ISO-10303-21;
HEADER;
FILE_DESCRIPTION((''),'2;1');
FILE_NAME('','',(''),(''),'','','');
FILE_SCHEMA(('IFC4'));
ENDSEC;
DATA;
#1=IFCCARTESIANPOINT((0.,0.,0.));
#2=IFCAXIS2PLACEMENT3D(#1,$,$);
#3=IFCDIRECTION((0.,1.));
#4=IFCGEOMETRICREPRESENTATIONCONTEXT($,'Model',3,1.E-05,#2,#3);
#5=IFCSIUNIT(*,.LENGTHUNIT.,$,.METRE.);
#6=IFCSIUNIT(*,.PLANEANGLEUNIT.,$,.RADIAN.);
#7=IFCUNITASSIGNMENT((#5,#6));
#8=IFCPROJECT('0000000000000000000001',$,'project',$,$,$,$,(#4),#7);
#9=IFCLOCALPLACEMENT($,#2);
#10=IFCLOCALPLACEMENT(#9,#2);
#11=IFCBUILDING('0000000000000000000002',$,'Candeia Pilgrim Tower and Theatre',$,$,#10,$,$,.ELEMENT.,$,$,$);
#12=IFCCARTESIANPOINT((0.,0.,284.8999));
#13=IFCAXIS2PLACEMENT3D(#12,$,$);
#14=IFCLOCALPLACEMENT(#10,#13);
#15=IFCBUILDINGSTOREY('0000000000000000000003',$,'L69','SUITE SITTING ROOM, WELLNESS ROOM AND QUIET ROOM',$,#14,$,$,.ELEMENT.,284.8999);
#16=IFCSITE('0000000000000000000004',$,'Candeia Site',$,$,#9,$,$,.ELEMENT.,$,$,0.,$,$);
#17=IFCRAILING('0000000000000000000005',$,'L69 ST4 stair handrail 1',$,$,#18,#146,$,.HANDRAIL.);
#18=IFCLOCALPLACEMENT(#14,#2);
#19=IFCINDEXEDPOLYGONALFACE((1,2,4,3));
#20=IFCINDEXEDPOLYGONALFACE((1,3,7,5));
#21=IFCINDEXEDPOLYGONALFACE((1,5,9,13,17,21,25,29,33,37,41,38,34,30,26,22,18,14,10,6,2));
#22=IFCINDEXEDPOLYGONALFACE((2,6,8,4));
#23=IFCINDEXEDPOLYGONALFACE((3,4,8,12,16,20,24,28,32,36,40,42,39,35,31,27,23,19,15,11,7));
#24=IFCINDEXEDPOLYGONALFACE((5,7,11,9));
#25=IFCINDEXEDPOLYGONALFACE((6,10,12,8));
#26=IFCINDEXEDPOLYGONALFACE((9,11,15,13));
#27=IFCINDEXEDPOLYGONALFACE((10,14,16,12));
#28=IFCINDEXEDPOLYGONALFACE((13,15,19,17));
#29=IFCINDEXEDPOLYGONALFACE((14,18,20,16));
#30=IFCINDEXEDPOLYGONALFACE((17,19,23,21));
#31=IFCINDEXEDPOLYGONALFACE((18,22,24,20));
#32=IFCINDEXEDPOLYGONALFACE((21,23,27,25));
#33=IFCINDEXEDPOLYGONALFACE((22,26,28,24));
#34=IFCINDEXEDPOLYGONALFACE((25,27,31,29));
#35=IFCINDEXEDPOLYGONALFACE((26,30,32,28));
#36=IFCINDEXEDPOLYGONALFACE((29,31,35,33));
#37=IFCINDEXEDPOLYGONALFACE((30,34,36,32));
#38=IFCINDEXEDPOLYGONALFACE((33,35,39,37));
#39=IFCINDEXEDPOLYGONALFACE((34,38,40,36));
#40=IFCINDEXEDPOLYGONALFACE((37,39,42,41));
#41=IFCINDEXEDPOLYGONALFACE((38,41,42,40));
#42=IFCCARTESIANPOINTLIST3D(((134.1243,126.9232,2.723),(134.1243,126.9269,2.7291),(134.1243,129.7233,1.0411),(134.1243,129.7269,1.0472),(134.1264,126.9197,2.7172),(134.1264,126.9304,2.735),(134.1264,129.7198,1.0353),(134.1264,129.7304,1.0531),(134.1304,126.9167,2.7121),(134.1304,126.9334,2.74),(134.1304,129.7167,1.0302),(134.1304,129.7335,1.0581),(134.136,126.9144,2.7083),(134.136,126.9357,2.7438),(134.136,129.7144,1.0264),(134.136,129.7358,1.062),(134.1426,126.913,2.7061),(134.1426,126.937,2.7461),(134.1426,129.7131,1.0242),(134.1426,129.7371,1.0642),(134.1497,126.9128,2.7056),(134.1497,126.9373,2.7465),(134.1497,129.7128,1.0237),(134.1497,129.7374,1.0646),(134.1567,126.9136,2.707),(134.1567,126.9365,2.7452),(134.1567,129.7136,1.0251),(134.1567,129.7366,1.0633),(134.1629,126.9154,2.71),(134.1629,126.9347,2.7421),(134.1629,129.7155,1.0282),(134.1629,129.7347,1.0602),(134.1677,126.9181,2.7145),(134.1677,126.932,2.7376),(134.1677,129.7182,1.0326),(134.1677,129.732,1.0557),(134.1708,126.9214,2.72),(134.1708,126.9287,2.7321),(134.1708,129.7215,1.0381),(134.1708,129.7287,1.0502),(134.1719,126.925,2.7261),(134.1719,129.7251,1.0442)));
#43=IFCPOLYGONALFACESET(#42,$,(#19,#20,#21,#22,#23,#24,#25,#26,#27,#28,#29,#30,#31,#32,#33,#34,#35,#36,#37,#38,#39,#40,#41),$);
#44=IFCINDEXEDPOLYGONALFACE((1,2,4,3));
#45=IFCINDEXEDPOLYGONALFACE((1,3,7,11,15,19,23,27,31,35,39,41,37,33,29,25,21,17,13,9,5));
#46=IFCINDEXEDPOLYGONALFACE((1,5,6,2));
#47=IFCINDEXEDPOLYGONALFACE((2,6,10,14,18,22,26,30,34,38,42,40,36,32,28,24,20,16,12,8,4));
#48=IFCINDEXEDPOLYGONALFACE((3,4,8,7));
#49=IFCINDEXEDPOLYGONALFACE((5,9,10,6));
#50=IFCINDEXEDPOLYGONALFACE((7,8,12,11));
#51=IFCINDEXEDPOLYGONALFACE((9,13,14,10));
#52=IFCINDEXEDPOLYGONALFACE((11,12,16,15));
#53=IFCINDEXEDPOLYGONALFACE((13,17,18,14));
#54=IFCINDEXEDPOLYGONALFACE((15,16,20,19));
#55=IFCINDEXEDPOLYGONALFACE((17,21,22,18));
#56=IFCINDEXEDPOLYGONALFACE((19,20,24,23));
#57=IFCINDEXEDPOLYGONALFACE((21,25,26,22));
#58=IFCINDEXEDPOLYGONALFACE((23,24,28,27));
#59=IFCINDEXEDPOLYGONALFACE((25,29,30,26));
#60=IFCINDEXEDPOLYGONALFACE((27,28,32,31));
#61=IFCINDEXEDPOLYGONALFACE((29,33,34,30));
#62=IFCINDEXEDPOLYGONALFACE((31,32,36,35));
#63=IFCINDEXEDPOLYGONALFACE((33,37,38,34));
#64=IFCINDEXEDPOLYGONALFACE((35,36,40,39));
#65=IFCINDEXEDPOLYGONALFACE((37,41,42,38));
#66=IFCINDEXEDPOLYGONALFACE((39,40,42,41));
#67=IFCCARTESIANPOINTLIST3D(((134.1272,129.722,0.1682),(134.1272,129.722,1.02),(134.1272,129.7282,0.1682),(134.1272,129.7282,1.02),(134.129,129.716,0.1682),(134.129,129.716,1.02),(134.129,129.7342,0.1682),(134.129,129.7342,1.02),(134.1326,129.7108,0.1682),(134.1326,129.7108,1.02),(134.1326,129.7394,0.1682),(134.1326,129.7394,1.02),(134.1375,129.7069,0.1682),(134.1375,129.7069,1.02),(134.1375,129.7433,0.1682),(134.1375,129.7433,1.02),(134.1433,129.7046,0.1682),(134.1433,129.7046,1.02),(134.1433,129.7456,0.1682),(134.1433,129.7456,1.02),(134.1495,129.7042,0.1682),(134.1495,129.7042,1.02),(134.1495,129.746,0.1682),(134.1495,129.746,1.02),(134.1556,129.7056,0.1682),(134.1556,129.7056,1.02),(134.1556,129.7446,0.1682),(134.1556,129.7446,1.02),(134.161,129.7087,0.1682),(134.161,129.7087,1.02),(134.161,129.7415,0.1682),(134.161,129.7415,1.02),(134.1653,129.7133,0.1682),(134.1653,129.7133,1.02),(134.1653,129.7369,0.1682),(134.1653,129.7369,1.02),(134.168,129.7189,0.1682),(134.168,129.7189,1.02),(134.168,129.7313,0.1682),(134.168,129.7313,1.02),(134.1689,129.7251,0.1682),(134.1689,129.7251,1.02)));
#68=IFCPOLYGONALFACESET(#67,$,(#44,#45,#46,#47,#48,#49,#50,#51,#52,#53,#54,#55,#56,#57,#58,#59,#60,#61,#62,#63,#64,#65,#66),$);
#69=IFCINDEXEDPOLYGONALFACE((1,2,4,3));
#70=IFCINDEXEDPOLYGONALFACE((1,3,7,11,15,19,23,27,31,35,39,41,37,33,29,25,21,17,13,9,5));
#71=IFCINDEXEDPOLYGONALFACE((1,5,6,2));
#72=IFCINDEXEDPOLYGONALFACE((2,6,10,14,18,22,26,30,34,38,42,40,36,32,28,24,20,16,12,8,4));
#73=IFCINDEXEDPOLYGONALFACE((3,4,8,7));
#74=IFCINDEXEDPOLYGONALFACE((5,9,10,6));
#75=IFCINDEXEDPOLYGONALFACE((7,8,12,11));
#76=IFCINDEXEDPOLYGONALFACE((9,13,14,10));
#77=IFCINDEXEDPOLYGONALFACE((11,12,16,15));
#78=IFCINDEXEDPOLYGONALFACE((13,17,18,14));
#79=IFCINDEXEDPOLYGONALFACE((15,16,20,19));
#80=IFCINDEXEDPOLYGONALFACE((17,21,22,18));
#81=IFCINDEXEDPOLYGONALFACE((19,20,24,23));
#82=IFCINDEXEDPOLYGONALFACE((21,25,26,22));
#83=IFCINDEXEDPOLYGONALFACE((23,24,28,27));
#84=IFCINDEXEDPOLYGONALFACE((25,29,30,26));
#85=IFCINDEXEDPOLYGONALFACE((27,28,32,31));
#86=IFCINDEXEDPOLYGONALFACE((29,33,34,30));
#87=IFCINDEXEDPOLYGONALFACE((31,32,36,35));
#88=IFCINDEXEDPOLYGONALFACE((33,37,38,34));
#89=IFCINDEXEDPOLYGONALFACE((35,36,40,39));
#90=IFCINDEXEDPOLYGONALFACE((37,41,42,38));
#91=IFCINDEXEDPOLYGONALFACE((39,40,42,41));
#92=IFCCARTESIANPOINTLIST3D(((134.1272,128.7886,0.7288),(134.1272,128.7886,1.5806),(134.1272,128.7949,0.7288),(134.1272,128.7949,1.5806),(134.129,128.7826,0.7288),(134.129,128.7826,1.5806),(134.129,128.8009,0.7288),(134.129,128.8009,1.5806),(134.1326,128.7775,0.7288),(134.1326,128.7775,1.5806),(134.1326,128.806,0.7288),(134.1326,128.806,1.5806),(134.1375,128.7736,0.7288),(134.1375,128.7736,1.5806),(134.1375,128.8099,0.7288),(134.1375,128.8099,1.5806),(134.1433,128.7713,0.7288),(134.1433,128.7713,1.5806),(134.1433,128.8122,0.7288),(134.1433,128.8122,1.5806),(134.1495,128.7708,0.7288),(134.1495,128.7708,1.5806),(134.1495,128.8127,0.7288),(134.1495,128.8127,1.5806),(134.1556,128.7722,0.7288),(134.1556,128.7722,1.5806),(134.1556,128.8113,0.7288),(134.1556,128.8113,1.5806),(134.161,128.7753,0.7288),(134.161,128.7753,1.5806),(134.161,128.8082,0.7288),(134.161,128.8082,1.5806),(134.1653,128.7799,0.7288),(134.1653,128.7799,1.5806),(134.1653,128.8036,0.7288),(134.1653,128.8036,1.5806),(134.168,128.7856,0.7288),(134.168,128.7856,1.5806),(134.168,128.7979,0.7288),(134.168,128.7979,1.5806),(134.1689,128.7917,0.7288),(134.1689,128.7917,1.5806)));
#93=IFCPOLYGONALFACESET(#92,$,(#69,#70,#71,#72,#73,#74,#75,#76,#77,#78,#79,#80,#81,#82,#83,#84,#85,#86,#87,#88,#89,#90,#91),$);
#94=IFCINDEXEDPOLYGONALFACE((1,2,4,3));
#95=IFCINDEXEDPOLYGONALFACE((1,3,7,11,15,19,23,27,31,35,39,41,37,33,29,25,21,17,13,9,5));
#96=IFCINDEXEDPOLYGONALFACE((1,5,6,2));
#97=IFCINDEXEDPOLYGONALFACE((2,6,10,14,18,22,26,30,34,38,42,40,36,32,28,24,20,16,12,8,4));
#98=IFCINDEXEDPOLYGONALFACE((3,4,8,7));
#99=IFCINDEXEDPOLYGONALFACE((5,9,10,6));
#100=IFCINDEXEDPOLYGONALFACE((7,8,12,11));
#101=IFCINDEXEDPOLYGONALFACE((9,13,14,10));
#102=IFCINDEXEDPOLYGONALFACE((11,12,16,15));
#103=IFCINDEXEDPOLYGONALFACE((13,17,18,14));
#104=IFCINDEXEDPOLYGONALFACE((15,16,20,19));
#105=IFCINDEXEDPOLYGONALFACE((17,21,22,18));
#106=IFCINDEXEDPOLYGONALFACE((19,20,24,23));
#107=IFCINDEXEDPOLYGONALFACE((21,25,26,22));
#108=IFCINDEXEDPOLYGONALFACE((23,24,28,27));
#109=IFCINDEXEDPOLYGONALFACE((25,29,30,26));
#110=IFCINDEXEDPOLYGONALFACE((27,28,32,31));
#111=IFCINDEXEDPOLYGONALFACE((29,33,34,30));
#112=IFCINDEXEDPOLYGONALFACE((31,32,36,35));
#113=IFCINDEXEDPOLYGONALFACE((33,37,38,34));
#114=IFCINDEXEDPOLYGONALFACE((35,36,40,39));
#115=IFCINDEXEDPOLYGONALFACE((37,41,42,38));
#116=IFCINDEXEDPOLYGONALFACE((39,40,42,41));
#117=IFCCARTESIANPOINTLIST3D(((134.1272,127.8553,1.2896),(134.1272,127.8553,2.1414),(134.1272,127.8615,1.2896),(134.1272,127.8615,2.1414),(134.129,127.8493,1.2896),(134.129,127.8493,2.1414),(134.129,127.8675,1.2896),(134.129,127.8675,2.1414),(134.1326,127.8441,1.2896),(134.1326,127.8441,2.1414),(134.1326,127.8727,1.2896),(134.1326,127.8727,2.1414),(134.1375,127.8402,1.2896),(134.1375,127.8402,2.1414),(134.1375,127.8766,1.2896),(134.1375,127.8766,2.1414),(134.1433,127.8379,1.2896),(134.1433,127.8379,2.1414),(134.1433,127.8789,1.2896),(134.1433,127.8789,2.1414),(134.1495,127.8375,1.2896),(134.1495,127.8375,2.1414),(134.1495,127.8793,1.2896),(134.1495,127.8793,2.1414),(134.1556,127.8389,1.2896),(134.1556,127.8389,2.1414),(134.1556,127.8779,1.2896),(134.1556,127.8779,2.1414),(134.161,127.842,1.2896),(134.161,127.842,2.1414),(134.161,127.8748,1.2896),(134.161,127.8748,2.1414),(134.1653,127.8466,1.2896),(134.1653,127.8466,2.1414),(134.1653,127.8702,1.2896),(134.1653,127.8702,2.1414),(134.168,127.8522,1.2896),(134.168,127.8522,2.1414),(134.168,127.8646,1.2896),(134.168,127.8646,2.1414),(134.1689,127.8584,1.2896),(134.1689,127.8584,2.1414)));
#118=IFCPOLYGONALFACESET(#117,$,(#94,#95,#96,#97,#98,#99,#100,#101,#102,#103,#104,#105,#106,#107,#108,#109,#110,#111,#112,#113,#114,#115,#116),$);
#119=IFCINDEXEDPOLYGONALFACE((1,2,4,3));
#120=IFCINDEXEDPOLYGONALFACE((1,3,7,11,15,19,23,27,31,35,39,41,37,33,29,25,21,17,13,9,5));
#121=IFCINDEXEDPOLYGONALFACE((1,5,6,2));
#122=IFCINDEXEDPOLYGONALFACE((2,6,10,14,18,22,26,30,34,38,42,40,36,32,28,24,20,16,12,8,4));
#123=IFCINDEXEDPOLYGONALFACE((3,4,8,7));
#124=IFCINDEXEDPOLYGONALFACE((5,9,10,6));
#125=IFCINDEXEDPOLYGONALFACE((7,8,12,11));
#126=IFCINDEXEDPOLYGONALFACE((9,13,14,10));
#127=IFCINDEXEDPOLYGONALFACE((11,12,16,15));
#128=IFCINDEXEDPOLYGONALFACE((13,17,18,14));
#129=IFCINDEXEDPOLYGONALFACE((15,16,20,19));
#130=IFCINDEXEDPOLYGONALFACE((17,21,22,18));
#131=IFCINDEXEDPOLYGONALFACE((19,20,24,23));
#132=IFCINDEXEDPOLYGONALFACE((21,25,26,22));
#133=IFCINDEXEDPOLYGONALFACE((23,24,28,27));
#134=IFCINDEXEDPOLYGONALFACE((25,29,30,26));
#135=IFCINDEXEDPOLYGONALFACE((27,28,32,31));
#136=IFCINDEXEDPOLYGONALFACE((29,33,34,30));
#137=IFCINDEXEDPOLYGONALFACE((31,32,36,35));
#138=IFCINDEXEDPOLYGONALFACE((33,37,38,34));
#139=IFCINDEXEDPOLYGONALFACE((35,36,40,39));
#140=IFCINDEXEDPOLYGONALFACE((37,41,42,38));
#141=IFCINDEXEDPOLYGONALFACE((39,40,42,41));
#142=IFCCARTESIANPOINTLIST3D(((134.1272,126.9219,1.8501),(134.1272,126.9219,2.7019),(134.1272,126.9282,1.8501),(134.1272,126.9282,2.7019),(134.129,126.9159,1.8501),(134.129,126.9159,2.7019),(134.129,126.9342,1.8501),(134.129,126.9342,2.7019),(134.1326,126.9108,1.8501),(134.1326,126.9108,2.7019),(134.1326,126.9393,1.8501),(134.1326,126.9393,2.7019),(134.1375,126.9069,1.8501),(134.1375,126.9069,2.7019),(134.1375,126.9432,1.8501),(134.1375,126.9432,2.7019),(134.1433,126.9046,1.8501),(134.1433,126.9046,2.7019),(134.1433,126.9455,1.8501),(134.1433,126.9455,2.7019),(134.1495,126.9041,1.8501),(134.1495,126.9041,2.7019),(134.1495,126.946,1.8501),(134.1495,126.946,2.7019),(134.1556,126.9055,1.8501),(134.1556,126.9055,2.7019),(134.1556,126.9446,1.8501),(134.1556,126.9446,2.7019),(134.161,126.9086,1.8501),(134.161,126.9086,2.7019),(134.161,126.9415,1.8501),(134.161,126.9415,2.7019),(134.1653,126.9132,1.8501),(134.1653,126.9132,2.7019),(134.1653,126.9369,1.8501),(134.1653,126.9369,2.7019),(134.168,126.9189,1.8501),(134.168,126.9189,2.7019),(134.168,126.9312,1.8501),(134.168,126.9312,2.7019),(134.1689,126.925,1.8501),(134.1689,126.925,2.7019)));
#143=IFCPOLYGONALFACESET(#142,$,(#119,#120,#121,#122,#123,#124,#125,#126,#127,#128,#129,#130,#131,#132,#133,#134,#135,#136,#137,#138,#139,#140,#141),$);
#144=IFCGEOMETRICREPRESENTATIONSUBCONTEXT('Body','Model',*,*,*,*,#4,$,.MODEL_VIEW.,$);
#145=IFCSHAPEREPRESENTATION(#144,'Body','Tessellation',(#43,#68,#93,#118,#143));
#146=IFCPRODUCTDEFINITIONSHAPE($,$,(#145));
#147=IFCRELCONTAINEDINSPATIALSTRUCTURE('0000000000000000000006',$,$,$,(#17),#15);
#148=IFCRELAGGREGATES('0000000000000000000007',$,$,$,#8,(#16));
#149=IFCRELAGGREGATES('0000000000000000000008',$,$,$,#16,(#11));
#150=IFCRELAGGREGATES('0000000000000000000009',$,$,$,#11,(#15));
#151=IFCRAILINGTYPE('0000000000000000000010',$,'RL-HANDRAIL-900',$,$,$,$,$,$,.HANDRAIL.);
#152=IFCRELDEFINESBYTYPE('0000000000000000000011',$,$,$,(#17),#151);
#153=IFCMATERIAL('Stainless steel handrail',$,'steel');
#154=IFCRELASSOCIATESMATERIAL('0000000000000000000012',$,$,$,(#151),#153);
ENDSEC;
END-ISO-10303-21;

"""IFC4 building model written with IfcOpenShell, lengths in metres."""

from ifc_helpers import new_model, si_unit, direction, frame, origin, origin_2d, place, context, subcontext, project, spatial, circle, extrude, material, type_object, element, save


model = new_model("IFC4")

# Units and contexts
model_context = context("Model", 3, precision=1e-05, world=origin(), true_north=direction((0.0, 1.0)))
body_context = subcontext(model_context, "Body", "Model", "MODEL_VIEW")
ifc_project = project(units=[si_unit("LENGTHUNIT", "METRE"), si_unit("PLANEANGLEUNIT", "RADIAN")], contexts=[model_context])

# Site, building, storey
site_placement = place(None, origin())
site = spatial("IfcSite", under=ifc_project, at=site_placement, Name="Candeia Site", CompositionType="ELEMENT", RefElevation=0.0)
building_placement = place(site_placement, origin())
building = spatial("IfcBuilding", under=site, at=building_placement, Name="Candeia Pilgrim Tower and Theatre", CompositionType="ELEMENT")
storey_placement = place(building_placement, frame((0.0, 0.0, 284.8999)))
storey = spatial("IfcBuildingStorey", under=building, at=storey_placement, Name="L69", Description="SUITE SITTING ROOM, WELLNESS ROOM AND QUIET ROOM", CompositionType="ELEMENT", Elevation=284.8999)

# Railing
ifc_material_1 = material(Name="Stainless steel handrail", Category="steel")
railing_type_1 = type_object("IfcRailingType", Name="RL-HANDRAIL-900", PredefinedType="HANDRAIL", material=ifc_material_1)
railing_1_placement = place(storey_placement, frame((134.1479, 129.7251, 0.1682)))
element("IfcRailing", 1, at=railing_1_placement, inside=storey, type_object=railing_type_1, Name="L69 ST4 stair handrail 1", PredefinedType="HANDRAIL", context=body_context, shape_type="SweptSolid", body=[
    extrude(circle(Radius=0.0239, at=origin_2d()), frame((0.0, 0.0, 0.876), z_axis=(0.0, -0.857242, 0.514913), x_axis=(1.0, 0.0, 0.0)), (0.0, 0.0, 1.0), 3.2664),
    extrude(circle(Radius=0.021, at=origin_2d()), origin(), (0.0, 0.0, 1.0), 0.8518),
    extrude(circle(Radius=0.021, at=origin_2d()), frame((0.0, -0.9333, 0.5605)), (0.0, 0.0, 1.0), 0.8518),
    extrude(circle(Radius=0.021, at=origin_2d()), frame((0.0, -1.8667, 1.1213)), (0.0, 0.0, 1.0), 0.8518),
    extrude(circle(Radius=0.021, at=origin_2d()), frame((0.0, -2.8, 1.6819)), (0.0, 0.0, 1.0), 0.8518),
])

save(model, "model.ifc")
